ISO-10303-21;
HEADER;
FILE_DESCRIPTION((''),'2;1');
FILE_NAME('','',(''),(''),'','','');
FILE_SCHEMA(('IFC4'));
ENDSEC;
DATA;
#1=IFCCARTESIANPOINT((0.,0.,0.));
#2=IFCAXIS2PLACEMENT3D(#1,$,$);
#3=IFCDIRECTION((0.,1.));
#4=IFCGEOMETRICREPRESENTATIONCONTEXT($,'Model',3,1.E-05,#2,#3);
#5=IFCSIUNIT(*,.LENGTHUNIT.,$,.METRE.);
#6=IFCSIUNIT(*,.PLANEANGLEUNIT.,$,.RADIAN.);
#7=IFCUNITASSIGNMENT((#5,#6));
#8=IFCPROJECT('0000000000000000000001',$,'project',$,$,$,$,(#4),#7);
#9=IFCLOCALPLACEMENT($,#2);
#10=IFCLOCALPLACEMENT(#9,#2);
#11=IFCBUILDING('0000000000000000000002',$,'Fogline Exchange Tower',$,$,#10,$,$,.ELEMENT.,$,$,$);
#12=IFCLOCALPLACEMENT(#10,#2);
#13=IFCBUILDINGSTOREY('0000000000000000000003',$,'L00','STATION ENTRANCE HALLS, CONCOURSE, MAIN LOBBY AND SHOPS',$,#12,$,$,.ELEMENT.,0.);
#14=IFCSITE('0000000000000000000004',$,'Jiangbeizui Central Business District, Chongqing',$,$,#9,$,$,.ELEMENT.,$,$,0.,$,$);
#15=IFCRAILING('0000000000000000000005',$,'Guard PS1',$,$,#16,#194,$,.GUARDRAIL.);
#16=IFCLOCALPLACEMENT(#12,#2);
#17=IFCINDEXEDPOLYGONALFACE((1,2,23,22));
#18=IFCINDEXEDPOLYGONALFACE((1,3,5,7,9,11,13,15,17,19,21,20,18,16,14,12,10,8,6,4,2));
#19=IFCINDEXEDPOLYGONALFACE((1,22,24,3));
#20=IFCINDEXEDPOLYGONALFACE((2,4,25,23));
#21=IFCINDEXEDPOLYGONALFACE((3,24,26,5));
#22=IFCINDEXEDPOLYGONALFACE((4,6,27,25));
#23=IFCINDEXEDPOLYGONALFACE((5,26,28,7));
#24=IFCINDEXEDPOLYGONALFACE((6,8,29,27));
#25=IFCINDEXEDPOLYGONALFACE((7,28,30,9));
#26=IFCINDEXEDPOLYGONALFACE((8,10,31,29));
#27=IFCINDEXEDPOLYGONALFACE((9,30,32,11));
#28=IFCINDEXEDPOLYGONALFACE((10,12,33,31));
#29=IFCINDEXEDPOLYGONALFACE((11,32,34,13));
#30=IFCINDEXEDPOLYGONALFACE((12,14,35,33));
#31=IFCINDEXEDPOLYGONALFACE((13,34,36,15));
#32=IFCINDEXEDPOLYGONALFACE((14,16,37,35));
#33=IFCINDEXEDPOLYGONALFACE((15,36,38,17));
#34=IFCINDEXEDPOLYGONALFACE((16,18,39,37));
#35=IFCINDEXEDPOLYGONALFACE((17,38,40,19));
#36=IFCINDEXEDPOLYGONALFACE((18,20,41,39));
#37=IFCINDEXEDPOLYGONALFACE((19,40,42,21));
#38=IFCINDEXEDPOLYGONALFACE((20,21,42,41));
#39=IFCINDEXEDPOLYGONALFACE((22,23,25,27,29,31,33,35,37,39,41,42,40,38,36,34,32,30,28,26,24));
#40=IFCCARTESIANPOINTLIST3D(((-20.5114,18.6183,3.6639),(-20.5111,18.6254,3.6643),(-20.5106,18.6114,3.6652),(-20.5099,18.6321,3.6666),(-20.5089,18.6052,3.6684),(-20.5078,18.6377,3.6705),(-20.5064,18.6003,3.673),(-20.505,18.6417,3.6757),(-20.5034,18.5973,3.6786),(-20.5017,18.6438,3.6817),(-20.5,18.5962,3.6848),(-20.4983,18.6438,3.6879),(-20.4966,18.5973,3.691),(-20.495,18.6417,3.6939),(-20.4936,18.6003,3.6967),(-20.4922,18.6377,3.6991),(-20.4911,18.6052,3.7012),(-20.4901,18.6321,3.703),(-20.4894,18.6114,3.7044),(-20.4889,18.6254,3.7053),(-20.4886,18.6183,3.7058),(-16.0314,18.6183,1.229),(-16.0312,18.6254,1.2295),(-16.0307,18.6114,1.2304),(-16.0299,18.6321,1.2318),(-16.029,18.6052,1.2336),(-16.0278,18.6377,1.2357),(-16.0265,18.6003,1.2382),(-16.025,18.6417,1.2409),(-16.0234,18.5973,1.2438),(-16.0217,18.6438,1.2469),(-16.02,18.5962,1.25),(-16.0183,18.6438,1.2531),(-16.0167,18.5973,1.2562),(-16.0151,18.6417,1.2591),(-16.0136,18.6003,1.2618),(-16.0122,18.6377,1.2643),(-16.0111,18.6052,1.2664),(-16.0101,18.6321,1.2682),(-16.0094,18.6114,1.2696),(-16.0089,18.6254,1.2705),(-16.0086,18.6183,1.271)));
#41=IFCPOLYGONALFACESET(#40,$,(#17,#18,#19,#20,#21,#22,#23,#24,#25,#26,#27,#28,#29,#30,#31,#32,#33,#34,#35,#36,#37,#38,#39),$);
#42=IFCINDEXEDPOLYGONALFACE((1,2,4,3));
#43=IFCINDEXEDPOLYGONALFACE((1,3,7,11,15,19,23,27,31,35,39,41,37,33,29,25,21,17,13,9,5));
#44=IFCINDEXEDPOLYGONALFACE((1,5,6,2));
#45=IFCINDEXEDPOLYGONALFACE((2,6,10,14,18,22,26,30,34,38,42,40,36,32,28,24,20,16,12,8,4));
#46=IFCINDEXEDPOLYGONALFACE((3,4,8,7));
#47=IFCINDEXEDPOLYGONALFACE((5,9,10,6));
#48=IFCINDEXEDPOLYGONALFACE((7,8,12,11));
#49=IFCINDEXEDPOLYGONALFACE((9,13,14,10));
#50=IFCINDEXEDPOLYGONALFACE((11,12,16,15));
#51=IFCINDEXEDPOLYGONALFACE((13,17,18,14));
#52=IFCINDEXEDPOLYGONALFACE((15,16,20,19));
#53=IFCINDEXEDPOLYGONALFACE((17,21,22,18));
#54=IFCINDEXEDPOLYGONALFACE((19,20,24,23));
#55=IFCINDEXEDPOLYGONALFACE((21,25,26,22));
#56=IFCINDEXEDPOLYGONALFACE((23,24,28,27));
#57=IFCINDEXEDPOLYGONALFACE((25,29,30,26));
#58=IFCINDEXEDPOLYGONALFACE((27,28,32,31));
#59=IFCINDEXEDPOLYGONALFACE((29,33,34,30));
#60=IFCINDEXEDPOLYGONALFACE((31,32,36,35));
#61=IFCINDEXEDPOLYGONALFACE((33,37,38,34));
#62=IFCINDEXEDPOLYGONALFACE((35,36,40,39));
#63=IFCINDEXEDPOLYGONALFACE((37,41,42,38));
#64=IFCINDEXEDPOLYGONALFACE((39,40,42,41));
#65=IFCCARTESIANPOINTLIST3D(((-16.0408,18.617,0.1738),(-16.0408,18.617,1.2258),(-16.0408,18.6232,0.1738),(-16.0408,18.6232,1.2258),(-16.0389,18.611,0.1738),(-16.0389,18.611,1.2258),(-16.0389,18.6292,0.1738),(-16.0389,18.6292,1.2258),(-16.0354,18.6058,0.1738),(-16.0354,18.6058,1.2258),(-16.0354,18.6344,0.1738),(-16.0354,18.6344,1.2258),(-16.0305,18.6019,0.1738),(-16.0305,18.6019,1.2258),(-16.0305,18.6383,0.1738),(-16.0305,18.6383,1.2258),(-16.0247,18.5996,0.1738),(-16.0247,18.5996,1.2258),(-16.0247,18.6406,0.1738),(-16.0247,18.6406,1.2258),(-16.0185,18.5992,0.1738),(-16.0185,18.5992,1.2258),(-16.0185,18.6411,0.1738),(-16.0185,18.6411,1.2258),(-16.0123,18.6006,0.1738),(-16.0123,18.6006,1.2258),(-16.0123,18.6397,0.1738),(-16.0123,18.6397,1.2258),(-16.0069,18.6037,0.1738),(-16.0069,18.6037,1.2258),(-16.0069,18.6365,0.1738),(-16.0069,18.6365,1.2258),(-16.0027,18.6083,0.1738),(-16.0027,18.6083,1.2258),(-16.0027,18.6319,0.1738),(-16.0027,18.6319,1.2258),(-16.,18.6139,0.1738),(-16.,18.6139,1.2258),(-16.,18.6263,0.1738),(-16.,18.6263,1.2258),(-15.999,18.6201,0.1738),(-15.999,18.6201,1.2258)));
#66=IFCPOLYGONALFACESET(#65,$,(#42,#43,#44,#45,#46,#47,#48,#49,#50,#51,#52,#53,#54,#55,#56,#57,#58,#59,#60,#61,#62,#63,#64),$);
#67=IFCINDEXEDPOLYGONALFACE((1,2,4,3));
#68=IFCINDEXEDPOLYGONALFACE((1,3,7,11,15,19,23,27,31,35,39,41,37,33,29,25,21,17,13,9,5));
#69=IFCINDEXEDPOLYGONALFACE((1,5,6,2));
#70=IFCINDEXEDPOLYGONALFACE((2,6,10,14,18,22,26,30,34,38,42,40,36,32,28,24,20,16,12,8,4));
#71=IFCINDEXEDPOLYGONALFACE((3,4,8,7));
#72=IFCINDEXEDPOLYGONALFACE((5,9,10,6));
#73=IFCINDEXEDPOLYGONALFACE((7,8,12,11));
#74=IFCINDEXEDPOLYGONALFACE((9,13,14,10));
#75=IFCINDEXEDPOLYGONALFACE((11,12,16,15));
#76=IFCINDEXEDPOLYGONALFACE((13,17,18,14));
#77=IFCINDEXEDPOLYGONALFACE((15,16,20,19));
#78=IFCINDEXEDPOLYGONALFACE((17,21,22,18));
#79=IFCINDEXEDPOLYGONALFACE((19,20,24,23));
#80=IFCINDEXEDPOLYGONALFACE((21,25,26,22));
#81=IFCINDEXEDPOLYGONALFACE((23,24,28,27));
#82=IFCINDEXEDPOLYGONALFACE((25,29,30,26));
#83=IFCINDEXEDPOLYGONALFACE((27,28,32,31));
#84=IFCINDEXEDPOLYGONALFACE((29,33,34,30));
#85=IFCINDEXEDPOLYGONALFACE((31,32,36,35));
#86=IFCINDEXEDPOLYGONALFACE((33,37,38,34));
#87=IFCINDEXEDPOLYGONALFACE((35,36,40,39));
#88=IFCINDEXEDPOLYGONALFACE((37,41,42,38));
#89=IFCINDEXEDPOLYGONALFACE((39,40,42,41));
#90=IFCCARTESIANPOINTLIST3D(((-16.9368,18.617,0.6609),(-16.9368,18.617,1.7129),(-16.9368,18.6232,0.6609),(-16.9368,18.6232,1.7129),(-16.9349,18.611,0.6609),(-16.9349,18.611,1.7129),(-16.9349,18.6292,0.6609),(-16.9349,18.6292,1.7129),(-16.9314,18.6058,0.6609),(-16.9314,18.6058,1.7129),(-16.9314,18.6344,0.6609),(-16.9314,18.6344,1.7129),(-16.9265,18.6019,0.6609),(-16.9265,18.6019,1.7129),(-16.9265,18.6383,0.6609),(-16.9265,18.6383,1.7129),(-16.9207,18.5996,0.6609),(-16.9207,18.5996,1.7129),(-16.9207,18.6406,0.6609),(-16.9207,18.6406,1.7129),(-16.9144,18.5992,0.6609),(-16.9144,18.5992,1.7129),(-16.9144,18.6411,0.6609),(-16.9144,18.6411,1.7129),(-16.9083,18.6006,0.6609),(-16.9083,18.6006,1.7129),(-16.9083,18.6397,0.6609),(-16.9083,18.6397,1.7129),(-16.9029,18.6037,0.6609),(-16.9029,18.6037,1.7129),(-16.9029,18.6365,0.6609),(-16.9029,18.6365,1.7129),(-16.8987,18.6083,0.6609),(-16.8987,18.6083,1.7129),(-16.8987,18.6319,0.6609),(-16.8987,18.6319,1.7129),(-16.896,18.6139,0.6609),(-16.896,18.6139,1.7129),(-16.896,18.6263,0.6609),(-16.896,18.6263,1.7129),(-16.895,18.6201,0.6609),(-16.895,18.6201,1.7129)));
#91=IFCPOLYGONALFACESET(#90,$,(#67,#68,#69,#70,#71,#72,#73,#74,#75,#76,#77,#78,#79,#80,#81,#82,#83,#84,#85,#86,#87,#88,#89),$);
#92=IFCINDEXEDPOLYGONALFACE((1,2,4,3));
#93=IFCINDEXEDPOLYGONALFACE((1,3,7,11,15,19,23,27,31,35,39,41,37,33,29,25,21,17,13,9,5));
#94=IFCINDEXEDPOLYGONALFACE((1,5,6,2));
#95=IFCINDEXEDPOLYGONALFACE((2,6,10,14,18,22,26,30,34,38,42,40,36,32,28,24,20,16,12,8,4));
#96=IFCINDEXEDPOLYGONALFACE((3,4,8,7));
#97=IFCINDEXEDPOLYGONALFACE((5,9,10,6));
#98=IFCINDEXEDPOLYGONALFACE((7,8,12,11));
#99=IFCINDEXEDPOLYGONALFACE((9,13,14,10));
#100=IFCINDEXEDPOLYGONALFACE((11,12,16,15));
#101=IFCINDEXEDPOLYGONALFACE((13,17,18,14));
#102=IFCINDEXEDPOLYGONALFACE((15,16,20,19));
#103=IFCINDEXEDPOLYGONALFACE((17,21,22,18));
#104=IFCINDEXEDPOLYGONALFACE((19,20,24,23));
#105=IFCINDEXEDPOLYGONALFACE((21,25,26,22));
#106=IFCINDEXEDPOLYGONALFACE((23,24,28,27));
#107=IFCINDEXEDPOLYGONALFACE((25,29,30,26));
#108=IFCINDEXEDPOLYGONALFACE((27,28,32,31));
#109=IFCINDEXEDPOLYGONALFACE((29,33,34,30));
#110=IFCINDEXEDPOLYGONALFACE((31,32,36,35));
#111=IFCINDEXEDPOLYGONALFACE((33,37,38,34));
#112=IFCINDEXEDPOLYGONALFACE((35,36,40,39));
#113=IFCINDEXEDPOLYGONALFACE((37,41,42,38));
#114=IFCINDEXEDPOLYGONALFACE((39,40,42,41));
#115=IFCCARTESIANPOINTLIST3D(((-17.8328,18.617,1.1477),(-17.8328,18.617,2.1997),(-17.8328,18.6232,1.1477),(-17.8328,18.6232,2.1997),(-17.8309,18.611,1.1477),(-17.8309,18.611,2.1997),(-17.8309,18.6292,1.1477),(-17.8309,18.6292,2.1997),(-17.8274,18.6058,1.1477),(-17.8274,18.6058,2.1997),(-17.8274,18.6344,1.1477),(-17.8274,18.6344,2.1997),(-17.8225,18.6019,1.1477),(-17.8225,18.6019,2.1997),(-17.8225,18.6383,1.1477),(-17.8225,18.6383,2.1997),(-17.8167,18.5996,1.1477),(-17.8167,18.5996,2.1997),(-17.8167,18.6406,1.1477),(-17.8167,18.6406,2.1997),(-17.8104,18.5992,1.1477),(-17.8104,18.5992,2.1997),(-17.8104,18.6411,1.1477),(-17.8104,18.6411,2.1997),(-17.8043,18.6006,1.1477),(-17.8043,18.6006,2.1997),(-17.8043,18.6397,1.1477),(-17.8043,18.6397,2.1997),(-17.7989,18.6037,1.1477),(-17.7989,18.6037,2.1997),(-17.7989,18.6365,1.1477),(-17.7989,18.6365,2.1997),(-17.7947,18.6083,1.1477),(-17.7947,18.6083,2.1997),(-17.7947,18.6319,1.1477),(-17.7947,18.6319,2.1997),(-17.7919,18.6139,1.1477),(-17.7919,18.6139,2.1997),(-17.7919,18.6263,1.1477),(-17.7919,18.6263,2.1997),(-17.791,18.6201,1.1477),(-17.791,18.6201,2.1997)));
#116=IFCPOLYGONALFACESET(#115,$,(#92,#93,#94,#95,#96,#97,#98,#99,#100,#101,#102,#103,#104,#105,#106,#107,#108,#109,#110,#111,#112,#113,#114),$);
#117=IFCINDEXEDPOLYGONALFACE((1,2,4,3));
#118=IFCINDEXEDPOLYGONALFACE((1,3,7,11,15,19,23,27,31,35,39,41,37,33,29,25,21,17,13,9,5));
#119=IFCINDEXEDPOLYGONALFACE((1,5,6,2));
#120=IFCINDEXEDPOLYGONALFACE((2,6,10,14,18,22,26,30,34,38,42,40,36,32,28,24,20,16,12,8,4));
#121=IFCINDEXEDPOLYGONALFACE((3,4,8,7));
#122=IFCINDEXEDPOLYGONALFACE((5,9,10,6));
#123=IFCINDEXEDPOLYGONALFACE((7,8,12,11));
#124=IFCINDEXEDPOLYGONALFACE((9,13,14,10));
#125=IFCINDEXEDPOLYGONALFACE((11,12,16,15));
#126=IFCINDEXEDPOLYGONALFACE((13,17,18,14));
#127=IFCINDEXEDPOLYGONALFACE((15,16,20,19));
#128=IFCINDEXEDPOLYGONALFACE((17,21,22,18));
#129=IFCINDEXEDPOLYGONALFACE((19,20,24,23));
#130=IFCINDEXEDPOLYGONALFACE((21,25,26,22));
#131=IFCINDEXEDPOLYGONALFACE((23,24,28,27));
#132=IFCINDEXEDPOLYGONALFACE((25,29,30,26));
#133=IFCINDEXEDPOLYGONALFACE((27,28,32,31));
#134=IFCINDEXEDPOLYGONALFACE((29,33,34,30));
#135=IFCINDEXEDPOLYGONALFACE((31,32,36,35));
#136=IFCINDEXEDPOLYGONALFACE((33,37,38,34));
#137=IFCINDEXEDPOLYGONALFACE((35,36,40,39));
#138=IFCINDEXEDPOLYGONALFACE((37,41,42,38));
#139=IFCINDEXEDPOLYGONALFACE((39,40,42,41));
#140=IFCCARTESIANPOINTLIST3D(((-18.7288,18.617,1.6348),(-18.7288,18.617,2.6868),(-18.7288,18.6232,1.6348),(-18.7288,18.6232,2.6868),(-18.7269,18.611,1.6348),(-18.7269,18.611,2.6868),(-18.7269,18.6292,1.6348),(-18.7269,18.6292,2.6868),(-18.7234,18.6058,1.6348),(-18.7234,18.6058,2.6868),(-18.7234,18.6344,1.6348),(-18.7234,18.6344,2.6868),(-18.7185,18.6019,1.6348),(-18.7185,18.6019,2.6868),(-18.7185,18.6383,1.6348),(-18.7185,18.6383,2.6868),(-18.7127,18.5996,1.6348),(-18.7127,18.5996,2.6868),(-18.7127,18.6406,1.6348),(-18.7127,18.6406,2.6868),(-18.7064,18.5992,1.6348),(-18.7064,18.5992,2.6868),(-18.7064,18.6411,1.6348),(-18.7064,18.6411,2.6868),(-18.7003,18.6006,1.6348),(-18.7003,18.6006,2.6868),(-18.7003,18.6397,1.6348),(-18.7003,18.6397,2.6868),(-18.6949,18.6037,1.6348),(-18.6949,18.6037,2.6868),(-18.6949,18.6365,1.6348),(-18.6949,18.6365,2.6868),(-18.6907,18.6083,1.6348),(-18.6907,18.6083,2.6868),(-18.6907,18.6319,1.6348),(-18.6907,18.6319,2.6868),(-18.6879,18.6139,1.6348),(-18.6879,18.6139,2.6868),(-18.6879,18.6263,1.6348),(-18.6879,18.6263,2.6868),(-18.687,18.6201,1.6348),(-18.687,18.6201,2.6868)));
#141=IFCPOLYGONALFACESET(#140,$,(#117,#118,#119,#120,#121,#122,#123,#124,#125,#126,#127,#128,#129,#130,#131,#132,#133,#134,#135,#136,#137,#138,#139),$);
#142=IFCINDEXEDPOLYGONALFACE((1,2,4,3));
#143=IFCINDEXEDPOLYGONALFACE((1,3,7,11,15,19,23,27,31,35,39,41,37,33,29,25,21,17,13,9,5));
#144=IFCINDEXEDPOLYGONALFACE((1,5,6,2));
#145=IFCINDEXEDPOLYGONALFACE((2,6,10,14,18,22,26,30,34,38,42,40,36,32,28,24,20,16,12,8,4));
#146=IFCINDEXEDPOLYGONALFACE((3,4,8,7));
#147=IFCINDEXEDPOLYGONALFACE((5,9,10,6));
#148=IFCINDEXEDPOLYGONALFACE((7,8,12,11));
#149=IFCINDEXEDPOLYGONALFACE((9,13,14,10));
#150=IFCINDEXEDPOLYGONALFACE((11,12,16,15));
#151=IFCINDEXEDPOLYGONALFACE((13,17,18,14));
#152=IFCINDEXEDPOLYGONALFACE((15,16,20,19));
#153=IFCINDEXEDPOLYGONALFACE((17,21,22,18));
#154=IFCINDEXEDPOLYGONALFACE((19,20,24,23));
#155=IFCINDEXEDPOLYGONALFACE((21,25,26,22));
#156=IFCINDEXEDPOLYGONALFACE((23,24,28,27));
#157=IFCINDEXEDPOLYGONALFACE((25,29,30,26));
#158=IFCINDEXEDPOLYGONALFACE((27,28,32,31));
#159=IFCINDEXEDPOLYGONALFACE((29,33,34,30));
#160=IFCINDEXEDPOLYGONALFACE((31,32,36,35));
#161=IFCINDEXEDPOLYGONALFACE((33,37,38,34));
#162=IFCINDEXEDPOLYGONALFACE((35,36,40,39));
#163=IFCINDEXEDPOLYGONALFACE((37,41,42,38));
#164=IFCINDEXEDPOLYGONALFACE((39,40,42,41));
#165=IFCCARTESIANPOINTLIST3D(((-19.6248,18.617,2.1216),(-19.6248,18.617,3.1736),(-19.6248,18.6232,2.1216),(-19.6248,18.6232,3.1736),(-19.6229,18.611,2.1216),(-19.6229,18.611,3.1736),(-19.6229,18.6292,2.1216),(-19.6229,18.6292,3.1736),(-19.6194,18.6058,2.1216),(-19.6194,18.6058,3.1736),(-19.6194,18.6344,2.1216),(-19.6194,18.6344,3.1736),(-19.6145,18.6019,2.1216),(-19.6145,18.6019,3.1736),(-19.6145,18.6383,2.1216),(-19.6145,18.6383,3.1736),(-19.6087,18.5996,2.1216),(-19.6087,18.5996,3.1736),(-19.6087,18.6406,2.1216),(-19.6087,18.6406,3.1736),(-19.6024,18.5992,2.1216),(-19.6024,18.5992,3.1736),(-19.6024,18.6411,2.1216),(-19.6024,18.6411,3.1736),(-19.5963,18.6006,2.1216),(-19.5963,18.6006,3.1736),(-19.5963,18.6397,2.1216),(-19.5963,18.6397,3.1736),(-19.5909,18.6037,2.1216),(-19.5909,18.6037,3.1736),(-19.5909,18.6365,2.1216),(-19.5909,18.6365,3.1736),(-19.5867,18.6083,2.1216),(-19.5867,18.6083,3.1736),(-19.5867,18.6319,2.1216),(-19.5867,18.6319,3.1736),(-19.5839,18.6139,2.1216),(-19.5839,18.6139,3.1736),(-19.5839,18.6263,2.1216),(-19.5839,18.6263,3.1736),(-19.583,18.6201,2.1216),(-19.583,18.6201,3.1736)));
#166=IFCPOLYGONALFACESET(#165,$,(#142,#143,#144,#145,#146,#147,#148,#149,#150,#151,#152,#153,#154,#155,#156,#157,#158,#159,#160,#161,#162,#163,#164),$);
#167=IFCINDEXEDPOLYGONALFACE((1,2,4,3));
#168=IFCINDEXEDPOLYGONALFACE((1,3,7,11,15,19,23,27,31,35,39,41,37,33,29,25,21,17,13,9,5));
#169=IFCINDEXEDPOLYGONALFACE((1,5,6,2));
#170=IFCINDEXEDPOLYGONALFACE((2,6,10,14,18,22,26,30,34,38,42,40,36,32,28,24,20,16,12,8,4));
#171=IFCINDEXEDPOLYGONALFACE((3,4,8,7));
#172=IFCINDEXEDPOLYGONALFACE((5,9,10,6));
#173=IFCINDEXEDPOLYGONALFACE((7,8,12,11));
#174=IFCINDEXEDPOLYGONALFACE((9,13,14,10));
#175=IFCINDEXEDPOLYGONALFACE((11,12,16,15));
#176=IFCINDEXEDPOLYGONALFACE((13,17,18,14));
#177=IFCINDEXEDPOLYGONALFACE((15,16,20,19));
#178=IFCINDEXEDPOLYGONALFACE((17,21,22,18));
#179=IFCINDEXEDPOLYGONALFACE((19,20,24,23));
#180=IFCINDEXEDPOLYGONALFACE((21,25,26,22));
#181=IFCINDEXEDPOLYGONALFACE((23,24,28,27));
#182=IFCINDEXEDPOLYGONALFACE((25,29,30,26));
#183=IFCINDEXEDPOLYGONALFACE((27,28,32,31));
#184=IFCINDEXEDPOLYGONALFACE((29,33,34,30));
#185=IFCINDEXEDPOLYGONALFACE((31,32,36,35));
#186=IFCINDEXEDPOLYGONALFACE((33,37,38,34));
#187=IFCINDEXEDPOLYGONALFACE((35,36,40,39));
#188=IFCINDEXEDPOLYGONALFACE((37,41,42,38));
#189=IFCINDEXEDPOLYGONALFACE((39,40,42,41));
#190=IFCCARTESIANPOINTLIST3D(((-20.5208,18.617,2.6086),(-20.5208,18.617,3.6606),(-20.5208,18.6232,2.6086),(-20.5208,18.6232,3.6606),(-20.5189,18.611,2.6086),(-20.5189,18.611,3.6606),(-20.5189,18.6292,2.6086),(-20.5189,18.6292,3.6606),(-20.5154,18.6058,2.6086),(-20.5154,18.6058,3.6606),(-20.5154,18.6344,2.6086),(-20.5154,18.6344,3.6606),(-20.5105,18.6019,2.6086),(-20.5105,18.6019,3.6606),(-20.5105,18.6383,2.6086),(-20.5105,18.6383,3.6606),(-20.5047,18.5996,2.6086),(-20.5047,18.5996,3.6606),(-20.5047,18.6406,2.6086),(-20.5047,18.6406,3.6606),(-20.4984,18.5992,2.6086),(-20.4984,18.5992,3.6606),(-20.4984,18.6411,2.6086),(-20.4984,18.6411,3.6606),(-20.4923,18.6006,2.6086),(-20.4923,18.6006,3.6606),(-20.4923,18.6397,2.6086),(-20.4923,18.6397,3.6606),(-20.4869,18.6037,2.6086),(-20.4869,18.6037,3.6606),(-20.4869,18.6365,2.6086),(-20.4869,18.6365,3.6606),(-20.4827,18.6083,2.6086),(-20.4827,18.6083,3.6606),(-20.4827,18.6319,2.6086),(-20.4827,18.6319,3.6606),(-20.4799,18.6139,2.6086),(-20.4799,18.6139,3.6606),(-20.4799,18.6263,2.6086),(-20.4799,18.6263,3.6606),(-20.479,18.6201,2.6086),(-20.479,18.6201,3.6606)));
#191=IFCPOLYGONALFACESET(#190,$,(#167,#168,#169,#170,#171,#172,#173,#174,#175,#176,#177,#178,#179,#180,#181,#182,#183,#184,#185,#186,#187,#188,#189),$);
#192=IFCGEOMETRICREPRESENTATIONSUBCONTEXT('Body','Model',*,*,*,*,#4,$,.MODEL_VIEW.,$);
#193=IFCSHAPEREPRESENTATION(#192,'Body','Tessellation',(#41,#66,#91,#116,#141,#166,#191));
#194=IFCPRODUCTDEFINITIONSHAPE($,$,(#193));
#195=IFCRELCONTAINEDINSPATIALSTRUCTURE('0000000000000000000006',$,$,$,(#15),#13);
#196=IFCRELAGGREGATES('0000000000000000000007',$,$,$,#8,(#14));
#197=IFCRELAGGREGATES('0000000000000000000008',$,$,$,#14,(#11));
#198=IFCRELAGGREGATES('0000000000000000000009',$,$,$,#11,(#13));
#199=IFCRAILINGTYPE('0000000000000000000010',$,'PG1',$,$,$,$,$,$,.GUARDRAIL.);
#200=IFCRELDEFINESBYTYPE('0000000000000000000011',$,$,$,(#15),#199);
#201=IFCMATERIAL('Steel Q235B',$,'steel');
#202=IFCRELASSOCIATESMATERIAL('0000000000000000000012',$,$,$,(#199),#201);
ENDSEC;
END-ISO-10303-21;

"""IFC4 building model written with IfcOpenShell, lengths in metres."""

from ifc_helpers import new_model, si_unit, direction, frame, origin, origin_2d, place, context, subcontext, project, spatial, circle, extrude, material, type_object, element, save


model = new_model("IFC4")

# Units and contexts
model_context = context("Model", 3, precision=1e-05, world=origin(), true_north=direction((0.0, 1.0)))
body_context = subcontext(model_context, "Body", "Model", "MODEL_VIEW")
ifc_project = project(units=[si_unit("LENGTHUNIT", "METRE"), si_unit("PLANEANGLEUNIT", "RADIAN")], contexts=[model_context])

# Site, building, storey
site_placement = place(None, origin())
site = spatial("IfcSite", under=ifc_project, at=site_placement, Name="Jiangbeizui Central Business District, Chongqing", CompositionType="ELEMENT", RefElevation=0.0)
building_placement = place(site_placement, origin())
building = spatial("IfcBuilding", under=site, at=building_placement, Name="Fogline Exchange Tower", CompositionType="ELEMENT")
storey_placement = place(building_placement, origin())
storey = spatial("IfcBuildingStorey", under=building, at=storey_placement, Name="L00", Description="STATION ENTRANCE HALLS, CONCOURSE, MAIN LOBBY AND SHOPS", CompositionType="ELEMENT", Elevation=0.0)

# Shared definitions
ifc_material_1 = material(Name="Steel Q235B", Category="steel")

# Railing
railing_type_1 = type_object("IfcRailingType", Name="PG1", PredefinedType="GUARDRAIL", material=ifc_material_1)
for number, where, name in (
    (1, (-16.02, 18.6201, 0.1738), "Guard PS1"),
):
    element("IfcRailing", number, at=place(storey_placement, frame(where)), inside=storey, type_object=railing_type_1, Name=name, PredefinedType="GUARDRAIL", context=body_context, shape_type="SweptSolid", body=[
        extrude(circle(Radius=0.0239, at=origin_2d()), frame((0.0, 0.0, 1.0762), z_axis=(-0.878621, 0.0, 0.47752), x_axis=(0.0, -1.0, 0.0)), (0.0, 0.0, 1.0), 5.0989),
        extrude(circle(Radius=0.021, at=origin_2d()), origin(), (0.0, 0.0, 1.0), 1.052),
        extrude(circle(Radius=0.021, at=origin_2d()), frame((-0.896, 0.0, 0.4871)), (0.0, 0.0, 1.0), 1.052),
        extrude(circle(Radius=0.021, at=origin_2d()), frame((-1.792, 0.0, 0.9739)), (0.0, 0.0, 1.0), 1.052),
        extrude(circle(Radius=0.021, at=origin_2d()), frame((-2.688, 0.0, 1.4609)), (0.0, 0.0, 1.0), 1.052),
        extrude(circle(Radius=0.021, at=origin_2d()), frame((-3.584, 0.0, 1.9478)), (0.0, 0.0, 1.0), 1.052),
        extrude(circle(Radius=0.021, at=origin_2d()), frame((-4.48, 0.0, 2.4348)), (0.0, 0.0, 1.0), 1.052),
    ])

save(model, "model.ifc")
